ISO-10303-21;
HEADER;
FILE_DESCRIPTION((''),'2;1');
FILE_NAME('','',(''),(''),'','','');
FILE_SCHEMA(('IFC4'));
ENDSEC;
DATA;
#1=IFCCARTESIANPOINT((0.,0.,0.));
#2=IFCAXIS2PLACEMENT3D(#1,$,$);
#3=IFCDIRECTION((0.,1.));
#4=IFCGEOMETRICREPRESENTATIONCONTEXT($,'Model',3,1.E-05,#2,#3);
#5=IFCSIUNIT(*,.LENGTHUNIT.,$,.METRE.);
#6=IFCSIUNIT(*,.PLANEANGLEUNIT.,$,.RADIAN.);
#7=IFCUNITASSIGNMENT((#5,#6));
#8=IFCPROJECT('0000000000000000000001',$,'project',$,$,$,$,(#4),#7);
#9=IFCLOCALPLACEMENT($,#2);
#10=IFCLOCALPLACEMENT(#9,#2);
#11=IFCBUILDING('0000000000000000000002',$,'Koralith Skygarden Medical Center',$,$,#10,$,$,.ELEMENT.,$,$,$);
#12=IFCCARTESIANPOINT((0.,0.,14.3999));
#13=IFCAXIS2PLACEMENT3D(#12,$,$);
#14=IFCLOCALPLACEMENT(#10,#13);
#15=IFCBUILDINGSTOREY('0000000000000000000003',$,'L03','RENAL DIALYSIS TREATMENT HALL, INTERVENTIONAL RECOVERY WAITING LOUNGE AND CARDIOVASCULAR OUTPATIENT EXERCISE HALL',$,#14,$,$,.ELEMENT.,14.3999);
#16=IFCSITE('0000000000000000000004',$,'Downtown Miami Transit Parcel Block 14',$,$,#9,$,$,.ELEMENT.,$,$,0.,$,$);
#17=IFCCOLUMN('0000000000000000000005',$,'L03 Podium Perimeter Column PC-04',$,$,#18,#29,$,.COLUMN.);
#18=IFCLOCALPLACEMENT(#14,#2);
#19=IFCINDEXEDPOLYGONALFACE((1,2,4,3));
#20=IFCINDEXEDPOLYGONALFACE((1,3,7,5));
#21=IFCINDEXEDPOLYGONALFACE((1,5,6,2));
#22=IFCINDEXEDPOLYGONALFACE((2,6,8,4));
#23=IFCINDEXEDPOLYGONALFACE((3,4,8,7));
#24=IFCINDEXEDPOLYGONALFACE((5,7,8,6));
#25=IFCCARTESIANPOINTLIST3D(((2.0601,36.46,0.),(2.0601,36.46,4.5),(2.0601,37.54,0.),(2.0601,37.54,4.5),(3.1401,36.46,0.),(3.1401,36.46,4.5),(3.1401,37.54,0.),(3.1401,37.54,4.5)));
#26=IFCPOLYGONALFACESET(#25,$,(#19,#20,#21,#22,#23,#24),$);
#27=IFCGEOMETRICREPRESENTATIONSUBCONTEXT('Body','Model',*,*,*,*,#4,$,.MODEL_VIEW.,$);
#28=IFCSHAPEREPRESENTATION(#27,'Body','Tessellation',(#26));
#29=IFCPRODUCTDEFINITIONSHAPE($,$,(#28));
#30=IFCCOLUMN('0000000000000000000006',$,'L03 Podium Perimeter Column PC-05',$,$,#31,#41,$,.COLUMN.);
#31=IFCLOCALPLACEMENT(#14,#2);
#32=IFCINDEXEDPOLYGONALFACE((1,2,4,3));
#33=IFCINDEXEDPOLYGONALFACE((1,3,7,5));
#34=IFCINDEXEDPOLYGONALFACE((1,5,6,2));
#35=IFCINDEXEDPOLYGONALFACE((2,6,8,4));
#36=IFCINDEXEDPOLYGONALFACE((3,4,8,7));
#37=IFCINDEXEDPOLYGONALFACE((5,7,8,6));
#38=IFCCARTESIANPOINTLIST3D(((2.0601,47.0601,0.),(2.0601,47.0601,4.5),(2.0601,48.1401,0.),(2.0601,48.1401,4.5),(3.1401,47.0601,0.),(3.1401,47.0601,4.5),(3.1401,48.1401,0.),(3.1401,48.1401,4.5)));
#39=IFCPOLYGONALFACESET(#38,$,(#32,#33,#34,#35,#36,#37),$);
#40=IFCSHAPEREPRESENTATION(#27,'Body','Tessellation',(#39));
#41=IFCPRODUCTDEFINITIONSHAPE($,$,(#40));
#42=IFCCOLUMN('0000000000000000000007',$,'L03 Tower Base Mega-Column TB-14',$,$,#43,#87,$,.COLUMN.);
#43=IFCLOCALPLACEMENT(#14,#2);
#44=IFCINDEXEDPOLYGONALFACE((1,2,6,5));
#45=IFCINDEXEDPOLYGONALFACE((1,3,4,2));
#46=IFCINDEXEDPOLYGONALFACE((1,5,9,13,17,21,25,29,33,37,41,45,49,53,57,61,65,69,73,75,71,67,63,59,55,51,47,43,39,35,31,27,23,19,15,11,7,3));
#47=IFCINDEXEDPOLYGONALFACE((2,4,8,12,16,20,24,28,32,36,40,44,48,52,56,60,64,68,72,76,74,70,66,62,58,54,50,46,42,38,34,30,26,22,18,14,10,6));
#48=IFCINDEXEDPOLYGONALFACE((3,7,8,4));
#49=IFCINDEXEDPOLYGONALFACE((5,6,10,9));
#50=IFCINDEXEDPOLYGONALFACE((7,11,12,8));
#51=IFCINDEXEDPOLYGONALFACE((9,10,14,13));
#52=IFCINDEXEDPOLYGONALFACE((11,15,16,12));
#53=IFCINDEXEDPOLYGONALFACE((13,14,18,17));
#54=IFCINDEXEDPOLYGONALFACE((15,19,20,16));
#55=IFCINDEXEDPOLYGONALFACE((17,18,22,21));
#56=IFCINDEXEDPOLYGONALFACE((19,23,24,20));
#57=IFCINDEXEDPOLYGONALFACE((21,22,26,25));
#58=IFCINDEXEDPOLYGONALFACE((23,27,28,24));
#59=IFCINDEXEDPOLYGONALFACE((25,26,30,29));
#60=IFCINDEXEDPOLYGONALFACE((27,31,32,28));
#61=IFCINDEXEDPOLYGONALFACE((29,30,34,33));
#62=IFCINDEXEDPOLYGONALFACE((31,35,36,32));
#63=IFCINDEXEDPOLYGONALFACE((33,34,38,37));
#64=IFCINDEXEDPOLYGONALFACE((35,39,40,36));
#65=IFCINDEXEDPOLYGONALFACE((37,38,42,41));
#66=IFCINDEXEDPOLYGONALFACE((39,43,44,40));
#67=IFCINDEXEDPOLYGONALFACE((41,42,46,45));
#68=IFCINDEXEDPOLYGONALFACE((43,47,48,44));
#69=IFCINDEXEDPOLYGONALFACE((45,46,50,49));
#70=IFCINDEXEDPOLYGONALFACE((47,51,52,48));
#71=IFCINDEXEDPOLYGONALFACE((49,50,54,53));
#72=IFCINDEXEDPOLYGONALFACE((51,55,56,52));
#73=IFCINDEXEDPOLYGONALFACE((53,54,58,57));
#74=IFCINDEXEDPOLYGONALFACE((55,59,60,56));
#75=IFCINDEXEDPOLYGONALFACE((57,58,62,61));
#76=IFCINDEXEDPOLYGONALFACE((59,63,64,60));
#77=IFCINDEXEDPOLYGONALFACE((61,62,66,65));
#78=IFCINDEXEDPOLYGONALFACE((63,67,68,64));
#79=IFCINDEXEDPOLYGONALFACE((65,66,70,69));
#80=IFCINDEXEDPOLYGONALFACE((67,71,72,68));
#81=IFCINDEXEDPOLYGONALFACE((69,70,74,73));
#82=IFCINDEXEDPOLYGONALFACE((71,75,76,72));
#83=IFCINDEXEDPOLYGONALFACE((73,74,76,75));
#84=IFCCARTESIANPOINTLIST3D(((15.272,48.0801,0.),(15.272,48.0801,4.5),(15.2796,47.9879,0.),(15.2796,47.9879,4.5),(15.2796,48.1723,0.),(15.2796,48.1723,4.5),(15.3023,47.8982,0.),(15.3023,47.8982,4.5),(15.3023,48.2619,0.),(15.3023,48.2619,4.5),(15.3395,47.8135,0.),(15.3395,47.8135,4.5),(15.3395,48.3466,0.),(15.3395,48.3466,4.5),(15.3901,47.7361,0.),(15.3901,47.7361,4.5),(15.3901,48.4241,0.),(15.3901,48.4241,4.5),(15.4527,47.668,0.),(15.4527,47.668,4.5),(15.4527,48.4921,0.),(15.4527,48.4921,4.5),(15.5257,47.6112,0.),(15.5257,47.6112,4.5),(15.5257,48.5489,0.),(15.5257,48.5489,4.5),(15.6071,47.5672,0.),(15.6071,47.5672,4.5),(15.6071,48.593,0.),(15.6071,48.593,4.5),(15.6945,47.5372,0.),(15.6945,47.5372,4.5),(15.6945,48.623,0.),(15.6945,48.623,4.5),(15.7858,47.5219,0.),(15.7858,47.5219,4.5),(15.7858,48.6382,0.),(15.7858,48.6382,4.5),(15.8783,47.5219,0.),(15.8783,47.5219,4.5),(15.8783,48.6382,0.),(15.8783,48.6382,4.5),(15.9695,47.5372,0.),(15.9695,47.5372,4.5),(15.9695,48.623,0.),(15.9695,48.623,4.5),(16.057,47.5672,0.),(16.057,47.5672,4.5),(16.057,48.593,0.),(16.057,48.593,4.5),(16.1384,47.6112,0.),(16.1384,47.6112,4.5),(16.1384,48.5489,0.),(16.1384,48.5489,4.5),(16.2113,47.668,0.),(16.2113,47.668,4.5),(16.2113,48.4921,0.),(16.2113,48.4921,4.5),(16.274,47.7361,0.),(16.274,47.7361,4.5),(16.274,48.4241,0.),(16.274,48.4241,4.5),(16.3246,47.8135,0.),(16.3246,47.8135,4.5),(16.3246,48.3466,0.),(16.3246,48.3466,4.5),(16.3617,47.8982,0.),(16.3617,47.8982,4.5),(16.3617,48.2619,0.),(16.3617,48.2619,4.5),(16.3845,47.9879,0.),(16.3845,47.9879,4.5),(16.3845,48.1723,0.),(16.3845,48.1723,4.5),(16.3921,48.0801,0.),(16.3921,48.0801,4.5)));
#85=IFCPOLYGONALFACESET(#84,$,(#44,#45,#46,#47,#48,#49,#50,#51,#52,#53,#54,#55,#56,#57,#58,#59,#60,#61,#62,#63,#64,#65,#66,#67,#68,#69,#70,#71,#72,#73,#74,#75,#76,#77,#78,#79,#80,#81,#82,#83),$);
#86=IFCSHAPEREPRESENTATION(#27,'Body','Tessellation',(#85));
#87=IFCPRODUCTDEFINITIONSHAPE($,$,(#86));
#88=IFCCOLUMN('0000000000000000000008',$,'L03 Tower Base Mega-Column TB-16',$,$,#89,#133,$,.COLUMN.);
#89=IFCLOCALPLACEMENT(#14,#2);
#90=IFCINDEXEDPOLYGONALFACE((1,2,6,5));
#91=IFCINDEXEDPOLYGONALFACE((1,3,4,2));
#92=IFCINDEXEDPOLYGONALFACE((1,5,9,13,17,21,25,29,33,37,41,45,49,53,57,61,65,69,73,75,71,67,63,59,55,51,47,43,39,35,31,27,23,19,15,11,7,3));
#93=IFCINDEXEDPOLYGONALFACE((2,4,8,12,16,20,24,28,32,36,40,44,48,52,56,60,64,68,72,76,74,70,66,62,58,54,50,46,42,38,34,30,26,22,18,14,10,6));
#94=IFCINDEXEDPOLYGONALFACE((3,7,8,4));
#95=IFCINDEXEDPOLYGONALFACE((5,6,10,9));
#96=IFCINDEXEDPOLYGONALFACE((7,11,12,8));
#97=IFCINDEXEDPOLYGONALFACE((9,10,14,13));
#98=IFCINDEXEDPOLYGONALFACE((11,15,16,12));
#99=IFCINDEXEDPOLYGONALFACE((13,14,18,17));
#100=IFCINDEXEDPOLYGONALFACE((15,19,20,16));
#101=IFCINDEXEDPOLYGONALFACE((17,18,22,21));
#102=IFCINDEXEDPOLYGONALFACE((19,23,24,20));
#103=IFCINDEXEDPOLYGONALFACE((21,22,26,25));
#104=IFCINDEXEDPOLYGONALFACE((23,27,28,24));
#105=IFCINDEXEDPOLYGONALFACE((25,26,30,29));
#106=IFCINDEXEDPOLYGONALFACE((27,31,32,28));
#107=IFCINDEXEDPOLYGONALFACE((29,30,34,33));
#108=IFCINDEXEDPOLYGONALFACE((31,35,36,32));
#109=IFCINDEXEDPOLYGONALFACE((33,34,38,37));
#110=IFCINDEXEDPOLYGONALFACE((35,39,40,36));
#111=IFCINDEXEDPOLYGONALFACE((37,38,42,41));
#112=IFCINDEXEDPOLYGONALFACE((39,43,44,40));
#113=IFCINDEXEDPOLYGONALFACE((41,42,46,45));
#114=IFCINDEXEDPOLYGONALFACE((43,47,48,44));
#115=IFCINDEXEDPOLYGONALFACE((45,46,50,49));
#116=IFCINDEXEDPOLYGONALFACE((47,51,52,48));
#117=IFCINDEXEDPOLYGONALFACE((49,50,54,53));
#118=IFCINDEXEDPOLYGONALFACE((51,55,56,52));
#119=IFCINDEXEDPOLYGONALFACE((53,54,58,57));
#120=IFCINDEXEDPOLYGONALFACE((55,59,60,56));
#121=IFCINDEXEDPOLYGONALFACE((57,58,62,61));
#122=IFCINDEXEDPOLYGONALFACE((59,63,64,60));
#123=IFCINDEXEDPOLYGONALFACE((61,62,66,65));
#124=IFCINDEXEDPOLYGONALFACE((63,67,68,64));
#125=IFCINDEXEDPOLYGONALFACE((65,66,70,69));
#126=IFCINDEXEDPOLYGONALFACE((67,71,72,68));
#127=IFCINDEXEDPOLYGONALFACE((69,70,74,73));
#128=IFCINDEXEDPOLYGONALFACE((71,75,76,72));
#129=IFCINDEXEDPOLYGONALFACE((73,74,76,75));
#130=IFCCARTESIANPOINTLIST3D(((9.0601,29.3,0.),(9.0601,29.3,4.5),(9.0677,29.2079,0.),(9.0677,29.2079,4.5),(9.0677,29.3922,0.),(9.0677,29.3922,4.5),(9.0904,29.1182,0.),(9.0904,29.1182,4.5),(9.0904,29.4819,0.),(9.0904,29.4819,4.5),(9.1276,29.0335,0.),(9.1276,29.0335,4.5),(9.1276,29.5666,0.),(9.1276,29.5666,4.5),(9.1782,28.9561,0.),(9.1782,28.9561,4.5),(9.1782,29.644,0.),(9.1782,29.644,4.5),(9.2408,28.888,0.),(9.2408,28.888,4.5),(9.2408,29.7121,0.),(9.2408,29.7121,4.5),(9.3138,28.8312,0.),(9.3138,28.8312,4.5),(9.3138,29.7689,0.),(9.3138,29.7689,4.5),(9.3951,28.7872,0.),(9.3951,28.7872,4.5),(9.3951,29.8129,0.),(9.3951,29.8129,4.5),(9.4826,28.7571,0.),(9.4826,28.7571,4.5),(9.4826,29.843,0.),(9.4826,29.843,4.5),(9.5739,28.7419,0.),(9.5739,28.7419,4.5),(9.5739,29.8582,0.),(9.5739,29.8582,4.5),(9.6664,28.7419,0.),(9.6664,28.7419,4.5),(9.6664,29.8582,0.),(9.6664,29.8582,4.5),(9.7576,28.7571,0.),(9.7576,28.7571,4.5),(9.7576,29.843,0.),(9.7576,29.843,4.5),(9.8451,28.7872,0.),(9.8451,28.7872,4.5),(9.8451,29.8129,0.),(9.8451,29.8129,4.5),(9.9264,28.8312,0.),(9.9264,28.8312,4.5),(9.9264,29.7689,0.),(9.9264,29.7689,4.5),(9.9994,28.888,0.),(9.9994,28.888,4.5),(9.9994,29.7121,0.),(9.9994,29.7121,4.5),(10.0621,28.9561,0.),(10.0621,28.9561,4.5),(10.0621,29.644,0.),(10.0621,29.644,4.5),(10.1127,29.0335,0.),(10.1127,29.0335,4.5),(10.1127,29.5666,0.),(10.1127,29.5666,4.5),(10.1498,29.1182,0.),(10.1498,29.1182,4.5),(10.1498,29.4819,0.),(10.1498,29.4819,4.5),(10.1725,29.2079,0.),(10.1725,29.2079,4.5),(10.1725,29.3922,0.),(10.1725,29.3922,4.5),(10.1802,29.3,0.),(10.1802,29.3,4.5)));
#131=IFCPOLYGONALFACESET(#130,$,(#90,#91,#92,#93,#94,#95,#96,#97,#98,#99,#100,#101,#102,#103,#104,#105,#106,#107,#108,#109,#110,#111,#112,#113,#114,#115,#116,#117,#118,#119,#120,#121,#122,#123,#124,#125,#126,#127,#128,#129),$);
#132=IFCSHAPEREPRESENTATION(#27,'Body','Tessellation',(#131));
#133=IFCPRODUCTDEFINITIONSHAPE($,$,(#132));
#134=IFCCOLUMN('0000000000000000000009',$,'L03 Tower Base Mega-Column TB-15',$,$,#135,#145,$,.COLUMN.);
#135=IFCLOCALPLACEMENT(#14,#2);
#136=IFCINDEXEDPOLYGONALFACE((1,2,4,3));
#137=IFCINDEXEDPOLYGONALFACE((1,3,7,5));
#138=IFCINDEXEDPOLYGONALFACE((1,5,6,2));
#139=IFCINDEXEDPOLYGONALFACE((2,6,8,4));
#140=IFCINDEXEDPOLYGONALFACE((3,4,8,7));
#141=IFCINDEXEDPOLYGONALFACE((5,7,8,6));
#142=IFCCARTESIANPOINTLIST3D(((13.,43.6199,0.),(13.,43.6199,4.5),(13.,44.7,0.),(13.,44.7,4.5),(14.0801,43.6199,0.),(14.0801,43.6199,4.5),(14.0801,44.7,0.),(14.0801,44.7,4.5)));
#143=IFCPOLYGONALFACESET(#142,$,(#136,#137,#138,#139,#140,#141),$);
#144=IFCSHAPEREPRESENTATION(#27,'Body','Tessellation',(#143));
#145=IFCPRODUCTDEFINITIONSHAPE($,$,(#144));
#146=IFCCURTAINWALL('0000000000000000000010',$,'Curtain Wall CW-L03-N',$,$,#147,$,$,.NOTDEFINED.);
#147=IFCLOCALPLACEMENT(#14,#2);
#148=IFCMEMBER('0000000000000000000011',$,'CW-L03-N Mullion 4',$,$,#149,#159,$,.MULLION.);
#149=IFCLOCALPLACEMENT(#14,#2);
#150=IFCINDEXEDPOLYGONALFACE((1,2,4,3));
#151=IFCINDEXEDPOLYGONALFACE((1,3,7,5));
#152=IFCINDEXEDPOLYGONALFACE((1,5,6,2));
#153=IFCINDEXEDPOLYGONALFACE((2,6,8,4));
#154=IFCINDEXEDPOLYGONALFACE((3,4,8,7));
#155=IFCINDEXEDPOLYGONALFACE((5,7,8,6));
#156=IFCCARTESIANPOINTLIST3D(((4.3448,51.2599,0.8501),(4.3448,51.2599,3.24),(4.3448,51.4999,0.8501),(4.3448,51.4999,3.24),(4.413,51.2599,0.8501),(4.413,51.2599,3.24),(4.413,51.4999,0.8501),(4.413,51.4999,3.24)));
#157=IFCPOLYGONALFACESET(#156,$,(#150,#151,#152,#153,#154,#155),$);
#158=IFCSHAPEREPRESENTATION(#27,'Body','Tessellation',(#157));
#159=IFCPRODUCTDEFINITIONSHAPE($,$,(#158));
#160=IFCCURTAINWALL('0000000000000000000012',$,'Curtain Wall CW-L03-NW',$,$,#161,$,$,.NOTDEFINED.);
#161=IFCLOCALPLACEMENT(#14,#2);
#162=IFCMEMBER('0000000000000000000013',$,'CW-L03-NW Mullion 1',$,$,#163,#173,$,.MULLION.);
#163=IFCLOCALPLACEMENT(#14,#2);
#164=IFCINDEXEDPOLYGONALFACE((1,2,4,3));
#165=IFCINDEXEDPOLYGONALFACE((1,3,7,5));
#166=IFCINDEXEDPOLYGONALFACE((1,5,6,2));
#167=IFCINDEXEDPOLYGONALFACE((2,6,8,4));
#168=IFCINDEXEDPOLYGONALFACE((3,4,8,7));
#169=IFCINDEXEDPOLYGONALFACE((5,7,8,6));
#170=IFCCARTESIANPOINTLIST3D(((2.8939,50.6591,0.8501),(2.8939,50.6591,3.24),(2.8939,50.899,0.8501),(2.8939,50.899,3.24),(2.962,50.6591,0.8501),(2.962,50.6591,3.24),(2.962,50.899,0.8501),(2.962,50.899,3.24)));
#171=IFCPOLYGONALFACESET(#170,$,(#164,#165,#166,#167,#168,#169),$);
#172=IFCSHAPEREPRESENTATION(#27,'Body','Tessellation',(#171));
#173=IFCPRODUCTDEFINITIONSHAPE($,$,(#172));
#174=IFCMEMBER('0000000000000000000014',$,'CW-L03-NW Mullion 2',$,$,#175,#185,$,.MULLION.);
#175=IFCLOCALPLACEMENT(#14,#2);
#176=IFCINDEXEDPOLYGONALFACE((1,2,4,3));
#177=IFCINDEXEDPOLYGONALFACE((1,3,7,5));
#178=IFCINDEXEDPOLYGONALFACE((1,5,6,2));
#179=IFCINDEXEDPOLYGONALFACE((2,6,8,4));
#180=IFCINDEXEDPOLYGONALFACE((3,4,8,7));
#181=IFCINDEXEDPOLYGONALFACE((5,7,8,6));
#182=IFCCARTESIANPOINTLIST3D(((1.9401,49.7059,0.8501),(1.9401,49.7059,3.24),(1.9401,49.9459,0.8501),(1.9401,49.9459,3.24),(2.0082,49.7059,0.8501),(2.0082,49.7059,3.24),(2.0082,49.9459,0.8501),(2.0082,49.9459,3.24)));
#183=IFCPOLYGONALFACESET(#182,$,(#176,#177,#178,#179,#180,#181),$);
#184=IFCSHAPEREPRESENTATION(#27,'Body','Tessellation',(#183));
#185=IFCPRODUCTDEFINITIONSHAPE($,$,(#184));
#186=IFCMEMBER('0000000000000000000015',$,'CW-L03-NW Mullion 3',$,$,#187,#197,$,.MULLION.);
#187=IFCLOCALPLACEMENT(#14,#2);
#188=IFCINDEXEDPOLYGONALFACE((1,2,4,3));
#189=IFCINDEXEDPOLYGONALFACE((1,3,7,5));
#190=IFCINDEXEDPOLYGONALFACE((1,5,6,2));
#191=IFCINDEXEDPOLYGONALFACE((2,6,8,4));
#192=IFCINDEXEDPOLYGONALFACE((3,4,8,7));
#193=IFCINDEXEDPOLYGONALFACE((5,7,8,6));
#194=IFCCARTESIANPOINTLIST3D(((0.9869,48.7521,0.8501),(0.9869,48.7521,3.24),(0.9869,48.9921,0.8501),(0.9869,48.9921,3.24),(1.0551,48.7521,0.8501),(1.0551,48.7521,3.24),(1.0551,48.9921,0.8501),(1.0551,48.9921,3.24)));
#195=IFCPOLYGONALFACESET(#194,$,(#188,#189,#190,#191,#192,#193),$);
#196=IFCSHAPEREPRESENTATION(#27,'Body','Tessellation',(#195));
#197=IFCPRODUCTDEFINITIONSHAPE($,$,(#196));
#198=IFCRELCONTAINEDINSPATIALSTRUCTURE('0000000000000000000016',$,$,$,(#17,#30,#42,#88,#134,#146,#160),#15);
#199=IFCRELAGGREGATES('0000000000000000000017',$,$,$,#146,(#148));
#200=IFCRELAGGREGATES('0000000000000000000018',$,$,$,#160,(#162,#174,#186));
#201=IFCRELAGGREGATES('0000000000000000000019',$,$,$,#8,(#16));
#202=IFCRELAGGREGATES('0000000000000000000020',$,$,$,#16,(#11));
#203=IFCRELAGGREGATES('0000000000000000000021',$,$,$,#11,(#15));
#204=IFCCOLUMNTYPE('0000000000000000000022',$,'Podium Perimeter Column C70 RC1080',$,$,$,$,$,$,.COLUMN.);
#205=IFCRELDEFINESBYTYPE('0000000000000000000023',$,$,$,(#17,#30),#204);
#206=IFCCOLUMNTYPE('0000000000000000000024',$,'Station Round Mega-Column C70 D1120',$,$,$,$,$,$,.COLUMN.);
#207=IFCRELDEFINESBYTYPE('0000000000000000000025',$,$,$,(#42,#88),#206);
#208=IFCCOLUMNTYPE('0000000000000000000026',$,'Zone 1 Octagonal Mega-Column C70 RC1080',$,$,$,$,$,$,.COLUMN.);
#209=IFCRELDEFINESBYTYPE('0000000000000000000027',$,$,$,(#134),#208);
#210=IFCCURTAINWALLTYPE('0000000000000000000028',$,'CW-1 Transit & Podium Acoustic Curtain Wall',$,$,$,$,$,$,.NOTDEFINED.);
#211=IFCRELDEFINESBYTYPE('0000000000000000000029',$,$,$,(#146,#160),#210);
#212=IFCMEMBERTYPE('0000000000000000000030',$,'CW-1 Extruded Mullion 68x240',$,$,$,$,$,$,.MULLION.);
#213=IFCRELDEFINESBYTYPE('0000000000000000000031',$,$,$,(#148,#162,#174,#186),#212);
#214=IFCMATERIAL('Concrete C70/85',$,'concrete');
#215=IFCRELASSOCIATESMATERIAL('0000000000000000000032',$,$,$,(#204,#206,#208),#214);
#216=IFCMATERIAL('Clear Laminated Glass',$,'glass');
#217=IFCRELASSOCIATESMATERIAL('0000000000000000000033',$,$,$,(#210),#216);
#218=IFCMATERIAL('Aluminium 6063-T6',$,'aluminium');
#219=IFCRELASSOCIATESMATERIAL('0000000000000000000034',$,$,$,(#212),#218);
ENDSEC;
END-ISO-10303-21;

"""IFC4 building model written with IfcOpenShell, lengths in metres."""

from ifc_helpers import new_model, si_unit, direction, frame, origin, origin_2d, place, context, subcontext, project, spatial, rectangle, circle, extrude, material, material_profile, profile_set, type_object, element, aggregate, save


model = new_model("IFC4")

# Units and contexts
model_context = context("Model", 3, precision=1e-05, world=origin(), true_north=direction((0.0, 1.0)))
body_context = subcontext(model_context, "Body", "Model", "MODEL_VIEW")
ifc_project = project(units=[si_unit("LENGTHUNIT", "METRE"), si_unit("PLANEANGLEUNIT", "RADIAN")], contexts=[model_context])

# Site, building, storey
site_placement = place(None, origin())
site = spatial("IfcSite", under=ifc_project, at=site_placement, Name="Downtown Miami Transit Parcel Block 14", CompositionType="ELEMENT", RefElevation=0.0)
building_placement = place(site_placement, origin())
building = spatial("IfcBuilding", under=site, at=building_placement, Name="Koralith Skygarden Medical Center", CompositionType="ELEMENT")
storey_placement = place(building_placement, frame((0.0, 0.0, 14.3999)))
storey = spatial("IfcBuildingStorey", under=building, at=storey_placement, Name="L03", Description="RENAL DIALYSIS TREATMENT HALL, INTERVENTIONAL RECOVERY WAITING LOUNGE AND CARDIOVASCULAR OUTPATIENT EXERCISE HALL", CompositionType="ELEMENT", Elevation=14.3999)

# Columns
ifc_material_1 = material(Name="Concrete C70/85", Category="concrete")
ifc_material_profile_1 = material_profile(ifc_material_1, rectangle(XDim=1.0801, YDim=1.0801, at=origin_2d()), Name="RC1080X1080")
ifc_profile_set_1 = profile_set([ifc_material_profile_1], Name="Concrete C70/85")
column_type_1 = type_object("IfcColumnType", Name="Podium Perimeter Column C70 RC1080", PredefinedType="COLUMN", material=ifc_profile_set_1)
for number, where, z_axis, x_axis, name in (
    (1, (2.6001, 37.0, 0.0), (0.0, 0.0, 1.0), (1.0, 0.0, 0.0), "L03 Podium Perimeter Column PC-04"),
    (2, (2.6001, 47.6001, 0.0), (0.0, 0.0, 1.0), (1.0, 0.0, 0.0), "L03 Podium Perimeter Column PC-05"),
):
    element("IfcColumn", number, at=place(storey_placement, frame(where, z_axis=z_axis, x_axis=x_axis)), inside=storey, type_object=column_type_1, Name=name, PredefinedType="COLUMN", context=body_context, shape_type="SweptSolid", body=[
        extrude(rectangle(XDim=1.0801, YDim=1.0801, at=origin_2d()), origin(), (0.0, 0.0, 1.0), 4.5),
    ])
ifc_material_profile_2 = material_profile(ifc_material_1, circle(Radius=0.5601, at=origin_2d()), Name="RCCOL1120")
ifc_profile_set_2 = profile_set([ifc_material_profile_2], Name="Concrete C70/85")
column_type_2 = type_object("IfcColumnType", Name="Station Round Mega-Column C70 D1120", PredefinedType="COLUMN", material=ifc_profile_set_2)
for number, where, z_axis, x_axis, name in (
    (3, (15.832, 48.0801, 0.0), (0.0, 0.0, 1.0), (1.0, 0.0, 0.0), "L03 Tower Base Mega-Column TB-14"),
    (4, (9.6201, 29.3, 0.0), (0.0, 0.0, 1.0), (1.0, 0.0, 0.0), "L03 Tower Base Mega-Column TB-16"),
):
    element("IfcColumn", number, at=place(storey_placement, frame(where, z_axis=z_axis, x_axis=x_axis)), inside=storey, type_object=column_type_2, Name=name, PredefinedType="COLUMN", context=body_context, shape_type="SweptSolid", body=[
        extrude(circle(Radius=0.5601, at=origin_2d()), origin(), (0.0, 0.0, 1.0), 4.5),
    ])
ifc_material_profile_3 = material_profile(ifc_material_1, rectangle(XDim=1.0801, YDim=1.0801, at=origin_2d()), Name="RC1080X1080")
ifc_profile_set_3 = profile_set([ifc_material_profile_3], Name="Concrete C70/85")
column_type_3 = type_object("IfcColumnType", Name="Zone 1 Octagonal Mega-Column C70 RC1080", PredefinedType="COLUMN", material=ifc_profile_set_3)
column_placement = place(storey_placement, frame((13.54, 44.1599, 0.0), z_axis=(0.0, 0.0, 1.0), x_axis=(1.0, 0.0, 0.0)))
element("IfcColumn", 5, at=column_placement, inside=storey, type_object=column_type_3, Name="L03 Tower Base Mega-Column TB-15", PredefinedType="COLUMN", context=body_context, shape_type="SweptSolid", body=[
    extrude(rectangle(XDim=1.0801, YDim=1.0801, at=origin_2d()), origin(), (0.0, 0.0, 1.0), 4.5),
])

# Curtain wall, member
ifc_material_2 = material(Name="Clear Laminated Glass", Category="glass")
curtain_wall_type = type_object("IfcCurtainWallType", Name="CW-1 Transit & Podium Acoustic Curtain Wall", PredefinedType="NOTDEFINED", material=ifc_material_2)
curtain_wall_1_placement = place(storey_placement, origin())
curtain_wall_1 = element("IfcCurtainWall", 6, at=curtain_wall_1_placement, inside=storey, type_object=curtain_wall_type, Name="Curtain Wall CW-L03-N", PredefinedType="NOTDEFINED")
ifc_material_3 = material(Name="Aluminium 6063-T6", Category="aluminium")
ifc_material_profile_4 = material_profile(ifc_material_3, rectangle(XDim=0.0681, YDim=0.24, at=origin_2d()), Name="MUL68X240")
ifc_profile_set_4 = profile_set([ifc_material_profile_4], Name="Aluminium 6063-T6")
member_type_1 = type_object("IfcMemberType", Name="CW-1 Extruded Mullion 68x240", PredefinedType="MULLION", material=ifc_profile_set_4)
member_1_placement = place(storey_placement, frame((4.3789, 51.3799, 0.8501), z_axis=(0.0, 0.0, 1.0), x_axis=(1.0, 0.0, 0.0)))
member_1 = element("IfcMember", 7, at=member_1_placement, type_object=member_type_1, Name="CW-L03-N Mullion 4", PredefinedType="MULLION", context=body_context, shape_type="SweptSolid", body=[
    extrude(rectangle(XDim=0.0681, YDim=0.24, at=origin_2d()), origin(), (0.0, 0.0, 1.0), 2.3899),
])

# Curtain wall, members
curtain_wall_2_placement = place(storey_placement, origin())
curtain_wall_2 = element("IfcCurtainWall", 8, at=curtain_wall_2_placement, inside=storey, type_object=curtain_wall_type, Name="Curtain Wall CW-L03-NW", PredefinedType="NOTDEFINED")
member_2_placement = place(storey_placement, frame((2.928, 50.7791, 0.8501), z_axis=(0.0, 0.0, 1.0), x_axis=(1.0, 0.0, 0.0)))
member_2 = element("IfcMember", 9, at=member_2_placement, type_object=member_type_1, Name="CW-L03-NW Mullion 1", PredefinedType="MULLION", context=body_context, shape_type="SweptSolid", body=[
    extrude(rectangle(XDim=0.0681, YDim=0.24, at=origin_2d()), origin(), (0.0, 0.0, 1.0), 2.3899),
])
member_3_placement = place(storey_placement, frame((1.9741, 49.8259, 0.8501), z_axis=(0.0, 0.0, 1.0), x_axis=(1.0, 0.0, 0.0)))
member_3 = element("IfcMember", 10, at=member_3_placement, type_object=member_type_1, Name="CW-L03-NW Mullion 2", PredefinedType="MULLION", context=body_context, shape_type="SweptSolid", body=[
    extrude(rectangle(XDim=0.0681, YDim=0.24, at=origin_2d()), origin(), (0.0, 0.0, 1.0), 2.3899),
])
member_4_placement = place(storey_placement, frame((1.021, 48.8721, 0.8501), z_axis=(0.0, 0.0, 1.0), x_axis=(1.0, 0.0, 0.0)))
member_4 = element("IfcMember", 11, at=member_4_placement, type_object=member_type_1, Name="CW-L03-NW Mullion 3", PredefinedType="MULLION", context=body_context, shape_type="SweptSolid", body=[
    extrude(rectangle(XDim=0.0681, YDim=0.24, at=origin_2d()), origin(), (0.0, 0.0, 1.0), 2.3899),
])

aggregate(curtain_wall_1, [member_1])
aggregate(curtain_wall_2, [member_2, member_3, member_4])

save(model, "model.ifc")
